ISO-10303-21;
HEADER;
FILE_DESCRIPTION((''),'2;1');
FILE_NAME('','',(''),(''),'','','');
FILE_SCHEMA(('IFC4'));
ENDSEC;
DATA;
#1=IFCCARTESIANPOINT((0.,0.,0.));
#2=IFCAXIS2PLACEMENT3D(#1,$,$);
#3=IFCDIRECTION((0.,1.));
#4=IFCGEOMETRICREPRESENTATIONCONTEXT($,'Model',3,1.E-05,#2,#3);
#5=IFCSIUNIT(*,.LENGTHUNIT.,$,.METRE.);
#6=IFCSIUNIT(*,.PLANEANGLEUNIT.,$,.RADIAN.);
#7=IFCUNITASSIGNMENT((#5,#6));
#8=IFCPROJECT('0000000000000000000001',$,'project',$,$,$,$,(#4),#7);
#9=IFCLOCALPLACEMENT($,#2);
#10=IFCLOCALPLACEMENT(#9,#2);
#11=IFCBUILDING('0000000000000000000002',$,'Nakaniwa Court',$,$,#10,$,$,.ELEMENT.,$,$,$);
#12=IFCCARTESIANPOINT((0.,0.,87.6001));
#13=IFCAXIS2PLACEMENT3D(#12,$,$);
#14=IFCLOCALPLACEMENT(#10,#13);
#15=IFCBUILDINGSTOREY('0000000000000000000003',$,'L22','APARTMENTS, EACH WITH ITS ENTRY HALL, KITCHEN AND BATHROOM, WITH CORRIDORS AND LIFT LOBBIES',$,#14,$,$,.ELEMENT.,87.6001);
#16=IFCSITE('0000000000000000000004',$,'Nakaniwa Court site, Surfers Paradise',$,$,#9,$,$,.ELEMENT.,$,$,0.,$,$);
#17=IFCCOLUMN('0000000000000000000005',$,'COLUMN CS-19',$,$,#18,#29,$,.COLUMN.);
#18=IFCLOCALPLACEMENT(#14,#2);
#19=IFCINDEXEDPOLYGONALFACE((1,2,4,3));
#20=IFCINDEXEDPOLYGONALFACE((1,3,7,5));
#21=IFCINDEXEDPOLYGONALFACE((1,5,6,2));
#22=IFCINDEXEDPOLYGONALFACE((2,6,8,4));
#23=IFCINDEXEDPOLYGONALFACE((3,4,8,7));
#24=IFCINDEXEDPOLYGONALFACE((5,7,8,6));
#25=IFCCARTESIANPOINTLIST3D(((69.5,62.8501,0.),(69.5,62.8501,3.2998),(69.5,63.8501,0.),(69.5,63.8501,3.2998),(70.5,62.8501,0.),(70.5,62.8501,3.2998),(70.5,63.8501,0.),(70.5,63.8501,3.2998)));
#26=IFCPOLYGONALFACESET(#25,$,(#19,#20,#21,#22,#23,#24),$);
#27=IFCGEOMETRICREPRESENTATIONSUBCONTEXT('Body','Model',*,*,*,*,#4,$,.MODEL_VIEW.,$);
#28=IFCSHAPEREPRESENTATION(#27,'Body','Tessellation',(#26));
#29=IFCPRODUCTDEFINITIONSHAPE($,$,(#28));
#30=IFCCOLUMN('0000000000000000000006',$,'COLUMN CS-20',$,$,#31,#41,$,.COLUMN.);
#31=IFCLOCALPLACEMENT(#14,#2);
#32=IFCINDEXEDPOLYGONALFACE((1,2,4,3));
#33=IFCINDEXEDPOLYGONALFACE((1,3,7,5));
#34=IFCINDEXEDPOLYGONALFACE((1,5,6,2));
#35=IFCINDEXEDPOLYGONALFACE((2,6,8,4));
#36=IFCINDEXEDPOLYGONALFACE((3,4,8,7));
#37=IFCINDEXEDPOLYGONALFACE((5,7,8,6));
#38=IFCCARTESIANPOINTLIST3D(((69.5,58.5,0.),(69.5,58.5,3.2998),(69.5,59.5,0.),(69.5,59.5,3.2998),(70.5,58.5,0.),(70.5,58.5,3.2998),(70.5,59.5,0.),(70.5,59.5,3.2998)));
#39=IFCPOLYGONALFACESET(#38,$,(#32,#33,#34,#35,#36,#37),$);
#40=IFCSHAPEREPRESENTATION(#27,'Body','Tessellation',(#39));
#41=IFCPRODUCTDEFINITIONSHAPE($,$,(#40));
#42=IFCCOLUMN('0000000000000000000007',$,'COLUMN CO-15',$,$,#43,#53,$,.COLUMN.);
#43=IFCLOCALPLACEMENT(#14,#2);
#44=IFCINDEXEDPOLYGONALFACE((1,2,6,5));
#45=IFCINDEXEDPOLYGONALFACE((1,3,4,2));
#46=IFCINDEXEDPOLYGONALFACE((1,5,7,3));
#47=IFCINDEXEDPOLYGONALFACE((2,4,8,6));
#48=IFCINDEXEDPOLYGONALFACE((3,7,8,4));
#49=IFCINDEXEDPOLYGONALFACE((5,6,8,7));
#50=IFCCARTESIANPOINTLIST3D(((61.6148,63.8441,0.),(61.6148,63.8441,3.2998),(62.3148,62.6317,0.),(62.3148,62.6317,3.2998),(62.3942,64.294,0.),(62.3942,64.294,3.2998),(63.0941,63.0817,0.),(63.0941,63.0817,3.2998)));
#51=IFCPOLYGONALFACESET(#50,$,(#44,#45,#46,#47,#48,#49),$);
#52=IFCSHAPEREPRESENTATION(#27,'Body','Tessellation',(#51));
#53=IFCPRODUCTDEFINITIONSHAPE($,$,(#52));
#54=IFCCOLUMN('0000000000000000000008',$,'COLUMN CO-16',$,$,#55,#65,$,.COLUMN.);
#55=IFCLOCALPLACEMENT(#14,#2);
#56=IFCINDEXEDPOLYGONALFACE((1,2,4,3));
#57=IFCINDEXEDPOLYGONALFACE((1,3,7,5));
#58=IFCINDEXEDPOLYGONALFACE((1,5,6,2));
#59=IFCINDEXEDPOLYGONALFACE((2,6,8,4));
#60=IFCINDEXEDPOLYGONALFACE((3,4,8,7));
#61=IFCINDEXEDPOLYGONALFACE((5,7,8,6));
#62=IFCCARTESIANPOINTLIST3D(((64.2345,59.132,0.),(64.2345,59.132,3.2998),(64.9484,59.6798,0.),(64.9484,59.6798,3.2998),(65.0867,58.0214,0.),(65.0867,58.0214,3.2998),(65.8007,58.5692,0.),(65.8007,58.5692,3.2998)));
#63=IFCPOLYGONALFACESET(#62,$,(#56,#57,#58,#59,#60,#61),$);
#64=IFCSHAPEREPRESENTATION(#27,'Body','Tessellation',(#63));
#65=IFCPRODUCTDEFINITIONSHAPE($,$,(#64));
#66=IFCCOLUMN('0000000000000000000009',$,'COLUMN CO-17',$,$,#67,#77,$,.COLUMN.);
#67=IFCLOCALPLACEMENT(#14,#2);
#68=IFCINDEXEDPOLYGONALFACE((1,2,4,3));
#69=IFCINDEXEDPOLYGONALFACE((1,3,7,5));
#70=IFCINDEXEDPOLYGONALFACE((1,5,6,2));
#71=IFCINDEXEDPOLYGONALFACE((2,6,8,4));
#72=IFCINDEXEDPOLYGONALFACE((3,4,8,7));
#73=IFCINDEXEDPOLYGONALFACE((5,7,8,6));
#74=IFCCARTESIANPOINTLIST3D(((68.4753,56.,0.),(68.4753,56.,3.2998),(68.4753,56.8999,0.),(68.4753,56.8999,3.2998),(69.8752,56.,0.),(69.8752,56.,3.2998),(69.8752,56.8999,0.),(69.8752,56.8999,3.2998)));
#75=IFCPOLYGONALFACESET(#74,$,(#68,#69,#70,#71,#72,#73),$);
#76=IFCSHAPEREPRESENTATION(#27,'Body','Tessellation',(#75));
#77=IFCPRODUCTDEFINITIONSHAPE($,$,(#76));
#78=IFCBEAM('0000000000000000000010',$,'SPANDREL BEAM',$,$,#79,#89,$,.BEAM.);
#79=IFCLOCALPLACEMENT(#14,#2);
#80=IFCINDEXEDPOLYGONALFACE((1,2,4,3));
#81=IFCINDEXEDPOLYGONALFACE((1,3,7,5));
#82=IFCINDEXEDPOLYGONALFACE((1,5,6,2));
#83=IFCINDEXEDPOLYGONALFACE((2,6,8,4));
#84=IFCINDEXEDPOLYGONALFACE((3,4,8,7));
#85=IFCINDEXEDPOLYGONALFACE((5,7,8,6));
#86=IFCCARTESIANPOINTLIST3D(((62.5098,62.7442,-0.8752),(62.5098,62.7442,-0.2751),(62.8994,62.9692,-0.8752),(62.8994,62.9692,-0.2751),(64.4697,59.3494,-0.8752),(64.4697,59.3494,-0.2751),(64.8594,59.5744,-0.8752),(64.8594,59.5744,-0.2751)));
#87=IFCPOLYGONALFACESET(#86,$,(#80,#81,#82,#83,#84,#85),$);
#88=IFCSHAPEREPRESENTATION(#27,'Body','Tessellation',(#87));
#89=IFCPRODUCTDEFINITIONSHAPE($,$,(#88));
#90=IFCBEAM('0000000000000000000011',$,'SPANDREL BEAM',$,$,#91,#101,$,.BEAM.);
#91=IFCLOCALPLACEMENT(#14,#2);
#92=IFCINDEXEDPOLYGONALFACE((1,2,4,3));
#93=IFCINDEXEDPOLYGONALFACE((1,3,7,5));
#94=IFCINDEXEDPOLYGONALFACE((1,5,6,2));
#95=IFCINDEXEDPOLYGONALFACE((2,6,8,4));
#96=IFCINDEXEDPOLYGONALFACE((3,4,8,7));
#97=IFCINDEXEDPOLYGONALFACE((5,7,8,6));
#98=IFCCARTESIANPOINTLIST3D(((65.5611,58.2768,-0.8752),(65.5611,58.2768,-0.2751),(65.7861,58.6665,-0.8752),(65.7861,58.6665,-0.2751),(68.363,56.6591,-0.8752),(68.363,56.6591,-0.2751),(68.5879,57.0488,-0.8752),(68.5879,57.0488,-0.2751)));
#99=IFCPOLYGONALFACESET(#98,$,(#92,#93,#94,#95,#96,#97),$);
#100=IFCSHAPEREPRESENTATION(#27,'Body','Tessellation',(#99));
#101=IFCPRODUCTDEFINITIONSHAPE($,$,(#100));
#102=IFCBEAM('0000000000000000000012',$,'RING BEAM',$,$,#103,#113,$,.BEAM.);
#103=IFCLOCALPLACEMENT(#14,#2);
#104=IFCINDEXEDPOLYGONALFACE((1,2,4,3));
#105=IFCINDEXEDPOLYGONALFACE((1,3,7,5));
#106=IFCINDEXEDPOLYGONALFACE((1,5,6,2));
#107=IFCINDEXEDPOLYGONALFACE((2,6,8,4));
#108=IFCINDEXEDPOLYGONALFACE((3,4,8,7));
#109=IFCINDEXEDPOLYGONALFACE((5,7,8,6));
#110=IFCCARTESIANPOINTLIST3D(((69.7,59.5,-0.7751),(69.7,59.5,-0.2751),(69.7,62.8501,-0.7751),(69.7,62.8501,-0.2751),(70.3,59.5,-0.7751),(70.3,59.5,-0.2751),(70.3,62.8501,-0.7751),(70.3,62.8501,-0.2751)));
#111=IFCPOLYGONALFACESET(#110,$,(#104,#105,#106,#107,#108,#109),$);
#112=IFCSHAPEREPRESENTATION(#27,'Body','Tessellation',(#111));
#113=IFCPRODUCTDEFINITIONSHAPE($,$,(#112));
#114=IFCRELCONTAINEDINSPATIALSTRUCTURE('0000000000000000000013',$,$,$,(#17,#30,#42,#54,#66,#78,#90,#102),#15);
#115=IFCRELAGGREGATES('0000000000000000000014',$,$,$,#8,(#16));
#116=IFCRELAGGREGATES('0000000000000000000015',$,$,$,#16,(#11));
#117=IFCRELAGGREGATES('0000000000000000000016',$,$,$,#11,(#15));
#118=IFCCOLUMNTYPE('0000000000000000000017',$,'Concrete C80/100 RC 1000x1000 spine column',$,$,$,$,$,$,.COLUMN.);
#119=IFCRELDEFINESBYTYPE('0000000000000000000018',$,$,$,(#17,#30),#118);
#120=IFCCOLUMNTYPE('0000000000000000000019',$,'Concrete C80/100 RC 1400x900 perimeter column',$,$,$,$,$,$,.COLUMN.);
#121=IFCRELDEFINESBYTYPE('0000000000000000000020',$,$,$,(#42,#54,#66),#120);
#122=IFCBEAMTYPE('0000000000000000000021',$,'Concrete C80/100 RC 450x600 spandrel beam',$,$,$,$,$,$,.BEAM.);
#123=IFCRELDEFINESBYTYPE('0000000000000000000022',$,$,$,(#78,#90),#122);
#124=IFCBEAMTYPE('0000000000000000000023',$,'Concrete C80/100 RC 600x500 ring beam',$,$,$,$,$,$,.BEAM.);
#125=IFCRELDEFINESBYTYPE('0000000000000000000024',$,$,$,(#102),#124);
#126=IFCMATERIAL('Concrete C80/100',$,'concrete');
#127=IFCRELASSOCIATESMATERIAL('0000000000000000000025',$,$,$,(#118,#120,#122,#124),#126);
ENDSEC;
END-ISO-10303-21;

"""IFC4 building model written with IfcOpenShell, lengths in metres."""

from ifc_helpers import new_model, si_unit, direction, frame, origin, origin_2d, place, context, subcontext, project, spatial, rectangle, extrude, material, material_profile, profile_set, type_object, element, save


model = new_model("IFC4")

# Units and contexts
model_context = context("Model", 3, precision=1e-05, world=origin(), true_north=direction((0.0, 1.0)))
body_context = subcontext(model_context, "Body", "Model", "MODEL_VIEW")
ifc_project = project(units=[si_unit("LENGTHUNIT", "METRE"), si_unit("PLANEANGLEUNIT", "RADIAN")], contexts=[model_context])

# Site, building, storey
site_placement = place(None, origin())
site = spatial("IfcSite", under=ifc_project, at=site_placement, Name="Nakaniwa Court site, Surfers Paradise", CompositionType="ELEMENT", RefElevation=0.0)
building_placement = place(site_placement, origin())
building = spatial("IfcBuilding", under=site, at=building_placement, Name="Nakaniwa Court", CompositionType="ELEMENT")
storey_placement = place(building_placement, frame((0.0, 0.0, 87.6001)))
storey = spatial("IfcBuildingStorey", under=building, at=storey_placement, Name="L22", Description="APARTMENTS, EACH WITH ITS ENTRY HALL, KITCHEN AND BATHROOM, WITH CORRIDORS AND LIFT LOBBIES", CompositionType="ELEMENT", Elevation=87.6001)

# Columns
ifc_material_1 = material(Name="Concrete C80/100", Category="concrete")
ifc_material_profile_1 = material_profile(ifc_material_1, rectangle(XDim=1.0, YDim=1.0, at=origin_2d()), Name="Concrete C80/100 RC 1000x1000 spine column")
ifc_profile_set_1 = profile_set([ifc_material_profile_1], Name="Concrete C80/100")
column_type_1 = type_object("IfcColumnType", Name="Concrete C80/100 RC 1000x1000 spine column", PredefinedType="COLUMN", material=ifc_profile_set_1)
for number, where, z_axis, x_axis, name in (
    (1, (70.0, 63.3501, 0.0), (0.0, 0.0, 1.0), (0.0, -1.0, 0.0), "COLUMN CS-19"),
    (2, (70.0, 59.0, 0.0), (0.0, 0.0, 1.0), (0.0, -1.0, 0.0), "COLUMN CS-20"),
):
    element("IfcColumn", number, at=place(storey_placement, frame(where, z_axis=z_axis, x_axis=x_axis)), inside=storey, type_object=column_type_1, Name=name, PredefinedType="COLUMN", context=body_context, shape_type="SweptSolid", body=[
        extrude(rectangle(XDim=1.0, YDim=1.0, at=origin_2d()), origin(), (0.0, 0.0, 1.0), 3.2998),
    ])
ifc_material_profile_2 = material_profile(ifc_material_1, rectangle(XDim=1.3999, YDim=0.8999, at=origin_2d()), Name="Concrete C80/100 RC 1400x900 perimeter column")
ifc_profile_set_2 = profile_set([ifc_material_profile_2], Name="Concrete C80/100")
column_type_2 = type_object("IfcColumnType", Name="Concrete C80/100 RC 1400x900 perimeter column", PredefinedType="COLUMN", material=ifc_profile_set_2)
for number, where, z_axis, x_axis, name in (
    (3, (62.3545, 63.4629, 0.0), (0.0, 0.0, 1.0), (0.5, -0.866025, 0.0), "COLUMN CO-15"),
    (4, (65.0176, 58.8506, 0.0), (0.0, 0.0, 1.0), (0.608761, -0.793353, 0.0), "COLUMN CO-16"),
    (5, (69.1753, 56.45, 0.0), (0.0, 0.0, 1.0), (1.0, 0.0, 0.0), "COLUMN CO-17"),
):
    element("IfcColumn", number, at=place(storey_placement, frame(where, z_axis=z_axis, x_axis=x_axis)), inside=storey, type_object=column_type_2, Name=name, PredefinedType="COLUMN", context=body_context, shape_type="SweptSolid", body=[
        extrude(rectangle(XDim=1.3999, YDim=0.8999, at=origin_2d()), origin(), (0.0, 0.0, 1.0), 3.2998),
    ])

# Beams
ifc_material_profile_3 = material_profile(ifc_material_1, rectangle(XDim=0.45, YDim=0.6001, at=origin_2d()), Name="Concrete C80/100 RC 450x600 spandrel beam")
ifc_profile_set_3 = profile_set([ifc_material_profile_3], Name="Concrete C80/100")
beam_type_1 = type_object("IfcBeamType", Name="Concrete C80/100 RC 450x600 spandrel beam", PredefinedType="BEAM", material=ifc_profile_set_3)
beam_1_placement = place(storey_placement, frame((62.7046, 62.8567, -0.5752), z_axis=(0.499997, -0.866027, 0.0), x_axis=(0.866027, 0.499997, 0.0)))
element("IfcBeam", 6, at=beam_1_placement, inside=storey, type_object=beam_type_1, Name="SPANDREL BEAM", PredefinedType="BEAM", context=body_context, shape_type="SweptSolid", body=[
    extrude(rectangle(XDim=0.45, YDim=0.6001, at=origin_2d()), origin(), (0.0, 0.0, 1.0), 3.9199),
])
beam_2_placement = place(storey_placement, frame((65.6736, 58.4717, -0.5752), z_axis=(0.866015, -0.500019, 0.0), x_axis=(0.500019, 0.866015, 0.0)))
element("IfcBeam", 7, at=beam_2_placement, inside=storey, type_object=beam_type_1, Name="SPANDREL BEAM", PredefinedType="BEAM", context=body_context, shape_type="SweptSolid", body=[
    extrude(rectangle(XDim=0.45, YDim=0.6001, at=origin_2d()), origin(), (0.0, 0.0, 1.0), 3.2354),
])
ifc_material_profile_4 = material_profile(ifc_material_1, rectangle(XDim=0.6001, YDim=0.5, at=origin_2d()), Name="Concrete C80/100 RC 600x500 ring beam")
ifc_profile_set_4 = profile_set([ifc_material_profile_4], Name="Concrete C80/100")
beam_type_2 = type_object("IfcBeamType", Name="Concrete C80/100 RC 600x500 ring beam", PredefinedType="BEAM", material=ifc_profile_set_4)
beam_3_placement = place(storey_placement, frame((70.0, 62.8501, -0.5251), z_axis=(0.0, -1.0, 0.0), x_axis=(1.0, 0.0, 0.0)))
element("IfcBeam", 8, at=beam_3_placement, inside=storey, type_object=beam_type_2, Name="RING BEAM", PredefinedType="BEAM", context=body_context, shape_type="SweptSolid", body=[
    extrude(rectangle(XDim=0.6001, YDim=0.5, at=origin_2d()), origin(), (0.0, 0.0, 1.0), 3.3501),
])

save(model, "model.ifc")
